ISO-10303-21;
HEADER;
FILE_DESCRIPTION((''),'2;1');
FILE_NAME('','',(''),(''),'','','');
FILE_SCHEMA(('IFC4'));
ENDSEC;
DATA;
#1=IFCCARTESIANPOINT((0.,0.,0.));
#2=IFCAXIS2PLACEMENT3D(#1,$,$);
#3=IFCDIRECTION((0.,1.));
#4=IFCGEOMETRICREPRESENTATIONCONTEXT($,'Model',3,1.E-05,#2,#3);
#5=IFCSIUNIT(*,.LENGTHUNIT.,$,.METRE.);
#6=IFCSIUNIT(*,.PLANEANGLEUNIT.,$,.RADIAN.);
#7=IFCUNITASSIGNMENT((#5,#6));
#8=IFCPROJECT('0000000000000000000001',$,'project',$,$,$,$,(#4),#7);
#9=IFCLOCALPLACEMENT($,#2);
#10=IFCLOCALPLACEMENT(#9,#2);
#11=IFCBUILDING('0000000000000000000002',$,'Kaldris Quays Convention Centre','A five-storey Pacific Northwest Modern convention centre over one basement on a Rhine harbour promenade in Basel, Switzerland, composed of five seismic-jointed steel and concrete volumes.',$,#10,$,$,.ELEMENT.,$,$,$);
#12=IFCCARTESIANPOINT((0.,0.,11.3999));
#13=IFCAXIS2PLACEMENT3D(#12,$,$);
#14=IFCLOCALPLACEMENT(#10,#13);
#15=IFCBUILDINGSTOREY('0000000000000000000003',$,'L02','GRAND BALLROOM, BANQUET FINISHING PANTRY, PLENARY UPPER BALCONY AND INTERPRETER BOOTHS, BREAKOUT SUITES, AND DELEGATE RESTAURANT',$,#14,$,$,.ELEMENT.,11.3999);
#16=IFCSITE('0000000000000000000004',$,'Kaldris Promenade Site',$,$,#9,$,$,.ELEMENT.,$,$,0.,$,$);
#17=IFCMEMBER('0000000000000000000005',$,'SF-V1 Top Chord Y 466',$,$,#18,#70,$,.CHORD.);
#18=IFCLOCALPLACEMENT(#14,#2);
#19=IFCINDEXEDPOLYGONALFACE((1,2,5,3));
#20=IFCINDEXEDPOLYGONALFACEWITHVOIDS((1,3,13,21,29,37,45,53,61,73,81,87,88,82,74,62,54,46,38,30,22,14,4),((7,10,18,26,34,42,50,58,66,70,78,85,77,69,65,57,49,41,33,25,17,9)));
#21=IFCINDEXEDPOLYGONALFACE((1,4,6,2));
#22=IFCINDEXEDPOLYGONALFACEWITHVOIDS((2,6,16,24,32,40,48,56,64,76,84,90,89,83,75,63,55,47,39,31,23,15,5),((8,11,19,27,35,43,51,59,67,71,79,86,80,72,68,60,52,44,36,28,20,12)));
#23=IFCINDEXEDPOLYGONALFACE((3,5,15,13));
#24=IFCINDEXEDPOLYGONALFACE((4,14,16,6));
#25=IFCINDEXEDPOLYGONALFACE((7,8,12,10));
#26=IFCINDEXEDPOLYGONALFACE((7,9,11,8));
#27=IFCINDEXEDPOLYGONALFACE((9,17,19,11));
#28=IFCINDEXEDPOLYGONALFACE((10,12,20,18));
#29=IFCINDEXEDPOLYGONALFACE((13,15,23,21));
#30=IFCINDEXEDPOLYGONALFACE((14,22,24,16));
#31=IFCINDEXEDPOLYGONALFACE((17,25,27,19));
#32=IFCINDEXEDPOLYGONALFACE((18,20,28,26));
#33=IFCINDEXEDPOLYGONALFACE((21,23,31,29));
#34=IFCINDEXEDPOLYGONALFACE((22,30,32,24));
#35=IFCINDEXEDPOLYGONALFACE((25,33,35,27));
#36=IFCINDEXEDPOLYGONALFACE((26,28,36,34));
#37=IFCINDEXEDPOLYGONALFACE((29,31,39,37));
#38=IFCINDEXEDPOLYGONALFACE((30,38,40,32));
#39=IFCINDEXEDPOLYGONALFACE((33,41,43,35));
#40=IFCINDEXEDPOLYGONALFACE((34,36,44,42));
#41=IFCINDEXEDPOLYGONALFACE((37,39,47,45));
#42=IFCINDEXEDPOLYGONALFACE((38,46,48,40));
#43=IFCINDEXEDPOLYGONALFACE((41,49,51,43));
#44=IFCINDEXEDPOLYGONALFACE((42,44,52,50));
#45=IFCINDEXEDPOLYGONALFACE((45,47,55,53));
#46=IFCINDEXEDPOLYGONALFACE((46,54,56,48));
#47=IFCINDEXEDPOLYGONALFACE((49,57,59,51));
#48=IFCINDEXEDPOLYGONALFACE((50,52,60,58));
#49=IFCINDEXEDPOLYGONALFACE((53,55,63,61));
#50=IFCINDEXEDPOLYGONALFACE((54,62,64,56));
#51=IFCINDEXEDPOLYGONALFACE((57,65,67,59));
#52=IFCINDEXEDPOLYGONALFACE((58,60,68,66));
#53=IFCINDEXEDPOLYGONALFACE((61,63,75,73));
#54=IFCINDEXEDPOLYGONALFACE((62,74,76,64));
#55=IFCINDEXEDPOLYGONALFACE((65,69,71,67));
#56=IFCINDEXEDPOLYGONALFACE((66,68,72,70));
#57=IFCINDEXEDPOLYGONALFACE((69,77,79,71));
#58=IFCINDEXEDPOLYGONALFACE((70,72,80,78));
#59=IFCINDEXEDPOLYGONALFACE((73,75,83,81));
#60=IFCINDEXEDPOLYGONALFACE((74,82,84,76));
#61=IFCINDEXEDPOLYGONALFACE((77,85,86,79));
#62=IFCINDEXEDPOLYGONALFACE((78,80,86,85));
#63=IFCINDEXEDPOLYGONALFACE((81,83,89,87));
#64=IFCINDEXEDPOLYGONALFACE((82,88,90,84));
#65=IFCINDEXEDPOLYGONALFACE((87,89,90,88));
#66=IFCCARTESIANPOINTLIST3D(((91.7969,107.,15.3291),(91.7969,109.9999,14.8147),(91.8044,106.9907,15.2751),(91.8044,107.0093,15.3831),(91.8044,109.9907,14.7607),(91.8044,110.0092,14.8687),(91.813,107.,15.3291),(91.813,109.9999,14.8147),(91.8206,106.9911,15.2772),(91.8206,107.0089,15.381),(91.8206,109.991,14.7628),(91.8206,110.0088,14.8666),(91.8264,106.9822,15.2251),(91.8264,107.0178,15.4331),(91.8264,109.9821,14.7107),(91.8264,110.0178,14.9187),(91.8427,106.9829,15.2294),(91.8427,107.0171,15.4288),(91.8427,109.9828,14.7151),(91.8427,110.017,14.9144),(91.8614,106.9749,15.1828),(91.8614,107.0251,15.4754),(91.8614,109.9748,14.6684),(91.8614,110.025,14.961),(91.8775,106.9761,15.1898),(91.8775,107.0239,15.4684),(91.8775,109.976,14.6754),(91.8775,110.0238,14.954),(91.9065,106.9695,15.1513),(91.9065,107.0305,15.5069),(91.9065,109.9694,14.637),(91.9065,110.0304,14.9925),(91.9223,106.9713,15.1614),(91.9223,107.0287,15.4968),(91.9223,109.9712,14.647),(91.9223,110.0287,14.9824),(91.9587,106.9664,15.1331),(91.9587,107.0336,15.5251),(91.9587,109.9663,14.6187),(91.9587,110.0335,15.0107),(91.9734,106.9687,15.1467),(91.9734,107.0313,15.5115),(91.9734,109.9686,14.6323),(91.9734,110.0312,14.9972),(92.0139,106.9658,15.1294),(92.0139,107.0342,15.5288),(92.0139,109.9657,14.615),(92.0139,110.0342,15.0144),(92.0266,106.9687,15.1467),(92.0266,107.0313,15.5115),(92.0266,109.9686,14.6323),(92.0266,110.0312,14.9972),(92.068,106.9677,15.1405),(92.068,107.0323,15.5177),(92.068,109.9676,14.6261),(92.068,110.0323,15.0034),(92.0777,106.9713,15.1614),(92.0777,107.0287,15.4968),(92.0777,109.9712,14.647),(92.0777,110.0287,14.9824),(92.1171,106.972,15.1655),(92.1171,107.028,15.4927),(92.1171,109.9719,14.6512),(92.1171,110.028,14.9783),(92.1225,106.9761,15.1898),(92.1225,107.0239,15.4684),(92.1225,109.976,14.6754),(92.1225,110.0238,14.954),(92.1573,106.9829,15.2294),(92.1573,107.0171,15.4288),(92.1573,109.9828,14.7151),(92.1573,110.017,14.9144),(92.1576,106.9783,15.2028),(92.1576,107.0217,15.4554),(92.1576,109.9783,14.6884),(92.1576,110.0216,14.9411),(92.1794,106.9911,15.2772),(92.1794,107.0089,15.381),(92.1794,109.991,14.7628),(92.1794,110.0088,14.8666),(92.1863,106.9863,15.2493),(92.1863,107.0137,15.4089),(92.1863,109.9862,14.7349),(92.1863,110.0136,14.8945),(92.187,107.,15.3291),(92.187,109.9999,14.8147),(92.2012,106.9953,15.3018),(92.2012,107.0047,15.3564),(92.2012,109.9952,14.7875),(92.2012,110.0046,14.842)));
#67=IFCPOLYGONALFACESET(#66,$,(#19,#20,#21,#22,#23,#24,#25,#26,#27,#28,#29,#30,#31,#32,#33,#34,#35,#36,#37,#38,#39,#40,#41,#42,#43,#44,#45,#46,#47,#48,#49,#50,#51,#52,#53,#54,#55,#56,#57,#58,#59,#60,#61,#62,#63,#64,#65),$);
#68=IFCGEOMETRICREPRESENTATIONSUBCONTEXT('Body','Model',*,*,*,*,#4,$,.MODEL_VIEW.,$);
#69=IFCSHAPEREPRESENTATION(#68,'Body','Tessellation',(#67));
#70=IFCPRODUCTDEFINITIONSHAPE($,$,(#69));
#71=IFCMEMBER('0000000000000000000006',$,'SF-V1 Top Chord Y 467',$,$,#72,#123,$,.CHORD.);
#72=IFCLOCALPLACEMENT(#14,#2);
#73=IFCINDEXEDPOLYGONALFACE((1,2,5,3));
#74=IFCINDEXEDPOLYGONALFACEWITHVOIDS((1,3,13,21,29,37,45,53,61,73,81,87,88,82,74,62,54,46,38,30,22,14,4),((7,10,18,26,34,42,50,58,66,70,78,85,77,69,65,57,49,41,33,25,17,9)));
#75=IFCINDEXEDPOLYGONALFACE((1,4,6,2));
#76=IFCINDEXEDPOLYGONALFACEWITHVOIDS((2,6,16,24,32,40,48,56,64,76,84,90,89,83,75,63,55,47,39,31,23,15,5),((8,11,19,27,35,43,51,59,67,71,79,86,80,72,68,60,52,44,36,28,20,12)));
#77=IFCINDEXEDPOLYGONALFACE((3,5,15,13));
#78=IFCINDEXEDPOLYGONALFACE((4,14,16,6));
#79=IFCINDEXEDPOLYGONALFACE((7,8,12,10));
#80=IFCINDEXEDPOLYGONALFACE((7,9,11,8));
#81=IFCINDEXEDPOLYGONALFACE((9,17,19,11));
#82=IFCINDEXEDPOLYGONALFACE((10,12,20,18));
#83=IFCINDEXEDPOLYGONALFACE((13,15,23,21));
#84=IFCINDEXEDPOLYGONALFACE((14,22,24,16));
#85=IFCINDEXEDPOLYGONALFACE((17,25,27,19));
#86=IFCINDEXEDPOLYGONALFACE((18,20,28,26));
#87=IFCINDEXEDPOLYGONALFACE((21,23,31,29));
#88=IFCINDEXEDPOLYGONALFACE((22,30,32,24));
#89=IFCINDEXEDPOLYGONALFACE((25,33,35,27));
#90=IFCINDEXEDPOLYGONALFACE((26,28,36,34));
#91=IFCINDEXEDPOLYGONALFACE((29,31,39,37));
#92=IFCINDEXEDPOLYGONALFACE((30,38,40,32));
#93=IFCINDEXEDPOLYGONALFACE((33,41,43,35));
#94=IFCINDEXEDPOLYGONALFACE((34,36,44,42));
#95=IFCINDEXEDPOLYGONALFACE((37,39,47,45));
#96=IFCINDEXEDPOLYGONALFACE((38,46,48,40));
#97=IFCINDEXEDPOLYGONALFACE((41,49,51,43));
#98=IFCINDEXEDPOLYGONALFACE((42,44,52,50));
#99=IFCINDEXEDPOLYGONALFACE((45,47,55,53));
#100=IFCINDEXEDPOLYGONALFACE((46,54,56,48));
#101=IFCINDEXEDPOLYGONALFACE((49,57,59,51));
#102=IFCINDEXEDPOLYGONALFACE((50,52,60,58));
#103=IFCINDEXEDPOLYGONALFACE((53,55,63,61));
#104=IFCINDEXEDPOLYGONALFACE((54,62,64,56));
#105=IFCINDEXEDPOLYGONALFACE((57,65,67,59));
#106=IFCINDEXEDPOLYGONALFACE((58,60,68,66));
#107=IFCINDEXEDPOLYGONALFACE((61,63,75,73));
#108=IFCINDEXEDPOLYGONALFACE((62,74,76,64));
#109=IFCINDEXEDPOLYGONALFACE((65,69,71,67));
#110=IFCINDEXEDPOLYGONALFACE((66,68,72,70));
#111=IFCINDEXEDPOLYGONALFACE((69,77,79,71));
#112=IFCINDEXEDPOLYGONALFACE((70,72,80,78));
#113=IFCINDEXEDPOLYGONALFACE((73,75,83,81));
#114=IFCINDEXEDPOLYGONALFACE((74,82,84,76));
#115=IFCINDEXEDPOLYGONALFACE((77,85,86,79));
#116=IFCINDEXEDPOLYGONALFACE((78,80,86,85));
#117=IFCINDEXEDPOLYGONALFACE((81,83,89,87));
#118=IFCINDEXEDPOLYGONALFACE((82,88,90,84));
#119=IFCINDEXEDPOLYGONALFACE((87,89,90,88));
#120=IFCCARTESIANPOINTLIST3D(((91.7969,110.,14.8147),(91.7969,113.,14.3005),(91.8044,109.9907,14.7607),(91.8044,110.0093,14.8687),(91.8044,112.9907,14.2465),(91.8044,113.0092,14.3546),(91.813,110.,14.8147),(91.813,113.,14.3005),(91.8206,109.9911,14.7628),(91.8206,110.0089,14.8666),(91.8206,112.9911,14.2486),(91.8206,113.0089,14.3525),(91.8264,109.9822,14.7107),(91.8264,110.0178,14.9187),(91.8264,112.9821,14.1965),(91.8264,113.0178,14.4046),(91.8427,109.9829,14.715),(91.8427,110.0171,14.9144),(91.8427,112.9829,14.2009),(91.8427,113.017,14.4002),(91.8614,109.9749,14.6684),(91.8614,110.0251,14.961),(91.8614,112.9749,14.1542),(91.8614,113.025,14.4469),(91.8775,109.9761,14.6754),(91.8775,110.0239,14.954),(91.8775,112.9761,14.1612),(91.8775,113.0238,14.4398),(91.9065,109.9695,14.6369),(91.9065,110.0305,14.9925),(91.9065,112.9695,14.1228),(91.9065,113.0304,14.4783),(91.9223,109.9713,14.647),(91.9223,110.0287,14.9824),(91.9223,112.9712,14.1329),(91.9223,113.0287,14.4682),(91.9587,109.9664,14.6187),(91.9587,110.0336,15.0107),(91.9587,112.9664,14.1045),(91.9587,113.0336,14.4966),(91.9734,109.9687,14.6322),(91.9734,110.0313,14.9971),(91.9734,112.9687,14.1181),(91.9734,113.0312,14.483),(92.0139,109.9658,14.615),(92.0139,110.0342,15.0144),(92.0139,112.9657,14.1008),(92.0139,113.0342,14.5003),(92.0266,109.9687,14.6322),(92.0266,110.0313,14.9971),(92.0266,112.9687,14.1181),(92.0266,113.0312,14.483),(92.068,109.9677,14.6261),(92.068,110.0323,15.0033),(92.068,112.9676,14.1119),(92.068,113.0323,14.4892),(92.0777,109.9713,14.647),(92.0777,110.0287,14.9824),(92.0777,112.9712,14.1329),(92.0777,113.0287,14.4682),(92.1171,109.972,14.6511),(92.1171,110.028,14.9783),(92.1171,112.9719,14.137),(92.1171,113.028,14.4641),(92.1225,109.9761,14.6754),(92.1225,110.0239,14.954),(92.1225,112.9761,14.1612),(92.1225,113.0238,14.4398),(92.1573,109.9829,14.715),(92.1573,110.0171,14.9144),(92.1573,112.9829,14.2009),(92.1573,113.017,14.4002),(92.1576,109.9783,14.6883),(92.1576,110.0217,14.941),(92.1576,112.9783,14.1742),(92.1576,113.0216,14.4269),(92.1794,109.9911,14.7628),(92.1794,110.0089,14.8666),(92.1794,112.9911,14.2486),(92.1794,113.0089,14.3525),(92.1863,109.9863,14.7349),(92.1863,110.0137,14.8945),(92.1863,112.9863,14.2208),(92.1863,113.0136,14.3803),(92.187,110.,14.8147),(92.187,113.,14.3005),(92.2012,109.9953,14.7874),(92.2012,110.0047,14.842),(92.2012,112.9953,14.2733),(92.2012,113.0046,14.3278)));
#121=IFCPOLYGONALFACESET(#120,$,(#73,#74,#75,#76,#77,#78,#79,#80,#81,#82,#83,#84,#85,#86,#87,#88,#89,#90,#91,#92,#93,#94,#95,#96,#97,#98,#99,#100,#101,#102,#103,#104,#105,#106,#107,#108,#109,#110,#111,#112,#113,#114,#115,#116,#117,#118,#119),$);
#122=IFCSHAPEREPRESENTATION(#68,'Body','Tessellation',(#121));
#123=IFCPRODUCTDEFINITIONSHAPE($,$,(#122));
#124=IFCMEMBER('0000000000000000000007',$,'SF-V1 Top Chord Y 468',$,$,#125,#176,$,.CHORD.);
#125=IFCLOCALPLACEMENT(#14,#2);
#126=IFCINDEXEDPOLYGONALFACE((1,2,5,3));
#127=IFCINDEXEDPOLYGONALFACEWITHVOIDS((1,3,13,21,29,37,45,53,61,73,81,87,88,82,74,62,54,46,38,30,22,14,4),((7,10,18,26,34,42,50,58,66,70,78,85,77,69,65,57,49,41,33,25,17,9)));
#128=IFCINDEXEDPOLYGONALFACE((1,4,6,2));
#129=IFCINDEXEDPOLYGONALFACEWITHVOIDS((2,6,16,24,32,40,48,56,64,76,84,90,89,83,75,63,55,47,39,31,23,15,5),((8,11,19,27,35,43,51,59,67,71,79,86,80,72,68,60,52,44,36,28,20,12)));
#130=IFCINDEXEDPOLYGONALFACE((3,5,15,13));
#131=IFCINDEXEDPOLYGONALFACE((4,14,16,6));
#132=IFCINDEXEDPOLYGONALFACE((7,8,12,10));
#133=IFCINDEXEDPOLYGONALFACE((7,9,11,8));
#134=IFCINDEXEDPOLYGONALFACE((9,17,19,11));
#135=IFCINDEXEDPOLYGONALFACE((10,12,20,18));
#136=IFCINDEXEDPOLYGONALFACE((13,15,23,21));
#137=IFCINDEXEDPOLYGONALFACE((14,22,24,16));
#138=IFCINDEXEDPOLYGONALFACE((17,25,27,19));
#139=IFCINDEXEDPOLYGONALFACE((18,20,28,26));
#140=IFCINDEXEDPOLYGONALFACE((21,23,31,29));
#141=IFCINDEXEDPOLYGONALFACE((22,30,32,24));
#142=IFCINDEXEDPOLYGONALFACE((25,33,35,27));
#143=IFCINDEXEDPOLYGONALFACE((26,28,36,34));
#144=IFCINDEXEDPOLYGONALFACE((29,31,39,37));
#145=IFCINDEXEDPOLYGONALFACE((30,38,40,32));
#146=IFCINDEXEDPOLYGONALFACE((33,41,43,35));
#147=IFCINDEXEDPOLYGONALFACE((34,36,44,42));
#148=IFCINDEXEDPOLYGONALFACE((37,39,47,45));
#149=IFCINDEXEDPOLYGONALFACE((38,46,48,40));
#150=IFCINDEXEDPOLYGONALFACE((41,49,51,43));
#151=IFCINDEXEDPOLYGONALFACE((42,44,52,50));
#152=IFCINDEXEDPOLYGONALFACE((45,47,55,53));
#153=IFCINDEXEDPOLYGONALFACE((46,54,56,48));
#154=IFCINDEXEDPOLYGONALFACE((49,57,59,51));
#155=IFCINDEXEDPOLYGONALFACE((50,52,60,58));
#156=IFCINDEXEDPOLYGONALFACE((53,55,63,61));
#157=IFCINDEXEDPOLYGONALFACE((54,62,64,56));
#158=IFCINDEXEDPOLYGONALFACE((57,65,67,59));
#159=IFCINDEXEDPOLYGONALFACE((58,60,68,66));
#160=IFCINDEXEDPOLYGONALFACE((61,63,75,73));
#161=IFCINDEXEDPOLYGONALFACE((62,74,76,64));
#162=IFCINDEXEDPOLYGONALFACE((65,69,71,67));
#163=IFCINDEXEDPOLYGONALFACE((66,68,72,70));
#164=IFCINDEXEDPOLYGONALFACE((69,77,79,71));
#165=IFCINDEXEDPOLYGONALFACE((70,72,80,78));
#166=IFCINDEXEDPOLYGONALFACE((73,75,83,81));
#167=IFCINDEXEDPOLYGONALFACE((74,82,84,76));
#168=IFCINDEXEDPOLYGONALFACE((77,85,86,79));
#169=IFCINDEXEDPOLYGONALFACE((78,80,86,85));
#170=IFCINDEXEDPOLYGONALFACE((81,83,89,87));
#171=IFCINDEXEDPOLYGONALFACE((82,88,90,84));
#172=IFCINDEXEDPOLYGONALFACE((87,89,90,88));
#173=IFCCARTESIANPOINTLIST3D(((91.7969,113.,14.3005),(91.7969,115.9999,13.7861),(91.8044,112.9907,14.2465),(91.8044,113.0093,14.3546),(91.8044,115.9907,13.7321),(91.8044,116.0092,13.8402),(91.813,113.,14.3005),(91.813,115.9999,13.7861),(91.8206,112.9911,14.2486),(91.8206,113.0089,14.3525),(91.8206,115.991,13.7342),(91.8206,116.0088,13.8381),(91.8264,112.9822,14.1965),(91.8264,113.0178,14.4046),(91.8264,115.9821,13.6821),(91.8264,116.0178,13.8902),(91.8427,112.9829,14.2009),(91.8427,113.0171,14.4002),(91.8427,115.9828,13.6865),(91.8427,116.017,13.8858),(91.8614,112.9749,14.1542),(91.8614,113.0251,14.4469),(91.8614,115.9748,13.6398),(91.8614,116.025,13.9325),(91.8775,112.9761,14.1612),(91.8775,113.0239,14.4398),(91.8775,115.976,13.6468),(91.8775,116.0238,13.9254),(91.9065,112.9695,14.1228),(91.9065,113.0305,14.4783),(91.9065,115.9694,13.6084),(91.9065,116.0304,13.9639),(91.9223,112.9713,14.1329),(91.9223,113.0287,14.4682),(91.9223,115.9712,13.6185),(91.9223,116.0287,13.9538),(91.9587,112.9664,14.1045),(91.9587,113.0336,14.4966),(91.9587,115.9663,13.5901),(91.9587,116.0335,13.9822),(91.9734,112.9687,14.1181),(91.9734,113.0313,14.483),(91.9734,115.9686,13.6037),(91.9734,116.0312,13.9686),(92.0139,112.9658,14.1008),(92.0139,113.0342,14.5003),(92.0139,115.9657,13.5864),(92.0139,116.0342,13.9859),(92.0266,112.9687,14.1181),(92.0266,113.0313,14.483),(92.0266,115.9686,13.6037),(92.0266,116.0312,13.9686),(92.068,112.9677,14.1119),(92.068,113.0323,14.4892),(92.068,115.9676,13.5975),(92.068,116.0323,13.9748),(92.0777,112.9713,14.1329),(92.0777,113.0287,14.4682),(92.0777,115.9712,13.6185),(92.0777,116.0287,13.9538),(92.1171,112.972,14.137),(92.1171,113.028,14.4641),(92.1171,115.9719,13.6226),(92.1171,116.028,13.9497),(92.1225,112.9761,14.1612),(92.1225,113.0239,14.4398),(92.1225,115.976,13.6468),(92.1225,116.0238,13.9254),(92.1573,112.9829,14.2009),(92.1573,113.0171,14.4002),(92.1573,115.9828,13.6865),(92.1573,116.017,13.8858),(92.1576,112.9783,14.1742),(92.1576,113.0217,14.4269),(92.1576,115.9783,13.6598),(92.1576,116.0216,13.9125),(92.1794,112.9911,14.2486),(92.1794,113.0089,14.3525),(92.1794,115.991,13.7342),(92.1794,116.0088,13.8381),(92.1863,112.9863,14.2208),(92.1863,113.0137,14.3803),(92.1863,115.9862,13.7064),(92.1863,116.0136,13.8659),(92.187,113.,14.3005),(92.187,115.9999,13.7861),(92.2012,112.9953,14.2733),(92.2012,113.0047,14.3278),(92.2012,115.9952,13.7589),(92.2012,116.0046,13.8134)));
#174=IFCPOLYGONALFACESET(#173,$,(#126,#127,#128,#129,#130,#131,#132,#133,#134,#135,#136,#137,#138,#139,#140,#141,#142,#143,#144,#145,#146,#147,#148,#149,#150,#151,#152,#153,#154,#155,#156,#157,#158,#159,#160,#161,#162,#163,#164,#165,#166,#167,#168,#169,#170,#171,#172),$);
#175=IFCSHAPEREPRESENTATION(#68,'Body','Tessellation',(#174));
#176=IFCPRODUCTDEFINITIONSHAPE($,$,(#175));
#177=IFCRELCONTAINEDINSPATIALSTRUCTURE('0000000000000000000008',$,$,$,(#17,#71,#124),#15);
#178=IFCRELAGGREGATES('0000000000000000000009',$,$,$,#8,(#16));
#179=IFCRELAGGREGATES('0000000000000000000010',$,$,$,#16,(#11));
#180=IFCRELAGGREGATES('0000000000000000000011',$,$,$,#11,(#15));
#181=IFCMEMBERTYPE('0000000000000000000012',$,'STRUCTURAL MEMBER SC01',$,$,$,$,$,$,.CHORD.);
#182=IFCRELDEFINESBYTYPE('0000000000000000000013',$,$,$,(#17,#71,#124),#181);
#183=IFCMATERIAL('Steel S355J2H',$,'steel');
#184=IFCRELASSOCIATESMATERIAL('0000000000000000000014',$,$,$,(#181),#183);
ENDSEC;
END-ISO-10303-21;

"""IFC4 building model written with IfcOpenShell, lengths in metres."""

from ifc_helpers import new_model, si_unit, direction, frame, origin, origin_2d, place, context, subcontext, project, spatial, hollow_circle, extrude, material, material_profile, profile_set, type_object, element, save


model = new_model("IFC4")

# Units and contexts
model_context = context("Model", 3, precision=1e-05, world=origin(), true_north=direction((0.0, 1.0)))
body_context = subcontext(model_context, "Body", "Model", "MODEL_VIEW")
ifc_project = project(units=[si_unit("LENGTHUNIT", "METRE"), si_unit("PLANEANGLEUNIT", "RADIAN")], contexts=[model_context])

# Site, building, storey
site_placement = place(None, origin())
site = spatial("IfcSite", under=ifc_project, at=site_placement, Name="Kaldris Promenade Site", CompositionType="ELEMENT", RefElevation=0.0)
building_placement = place(site_placement, origin())
building = spatial("IfcBuilding", under=site, at=building_placement, Name="Kaldris Quays Convention Centre", Description="A five-storey Pacific Northwest Modern convention centre over one basement on a Rhine harbour promenade in Basel, Switzerland, composed of five seismic-jointed steel and concrete volumes.", CompositionType="ELEMENT")
storey_placement = place(building_placement, frame((0.0, 0.0, 11.3999)))
storey = spatial("IfcBuildingStorey", under=building, at=storey_placement, Name="L02", Description="GRAND BALLROOM, BANQUET FINISHING PANTRY, PLENARY UPPER BALCONY AND INTERPRETER BOOTHS, BREAKOUT SUITES, AND DELEGATE RESTAURANT", CompositionType="ELEMENT", Elevation=11.3999)

# Members
ifc_material = material(Name="Steel S355J2H", Category="steel")
ifc_material_profile_1 = material_profile(ifc_material, hollow_circle(Radius=0.2031, WallThickness=0.0161, at=origin_2d()), Name="CHS 406.4x16")
ifc_profile_set_1 = profile_set([ifc_material_profile_1], Name="Steel S355J2H")
member_type_1 = type_object("IfcMemberType", Name="STRUCTURAL MEMBER SC01", PredefinedType="CHORD", material=ifc_profile_set_1)
for number, where, z_axis, x_axis, name in (
    (1, (92.0, 107.0, 15.3291), (0.0, 0.985616, -0.169002), (-1.0, 0.0, 0.0), "SF-V1 Top Chord Y 466"),
    (2, (92.0, 110.0, 14.8147), (0.0, 0.985629, -0.168924), (-1.0, 0.0, 0.0), "SF-V1 Top Chord Y 467"),
    (3, (92.0, 113.0, 14.3005), (0.0, 0.985616, -0.169002), (-1.0, 0.0, 0.0), "SF-V1 Top Chord Y 468"),
):
    element("IfcMember", number, at=place(storey_placement, frame(where, z_axis=z_axis, x_axis=x_axis)), inside=storey, type_object=member_type_1, Name=name, PredefinedType="CHORD", context=body_context, shape_type="SweptSolid", body=[
        extrude(hollow_circle(Radius=0.2031, WallThickness=0.0161, at=origin_2d()), origin(), (0.0, 0.0, 1.0), 3.0437),
    ])

save(model, "model.ifc")
